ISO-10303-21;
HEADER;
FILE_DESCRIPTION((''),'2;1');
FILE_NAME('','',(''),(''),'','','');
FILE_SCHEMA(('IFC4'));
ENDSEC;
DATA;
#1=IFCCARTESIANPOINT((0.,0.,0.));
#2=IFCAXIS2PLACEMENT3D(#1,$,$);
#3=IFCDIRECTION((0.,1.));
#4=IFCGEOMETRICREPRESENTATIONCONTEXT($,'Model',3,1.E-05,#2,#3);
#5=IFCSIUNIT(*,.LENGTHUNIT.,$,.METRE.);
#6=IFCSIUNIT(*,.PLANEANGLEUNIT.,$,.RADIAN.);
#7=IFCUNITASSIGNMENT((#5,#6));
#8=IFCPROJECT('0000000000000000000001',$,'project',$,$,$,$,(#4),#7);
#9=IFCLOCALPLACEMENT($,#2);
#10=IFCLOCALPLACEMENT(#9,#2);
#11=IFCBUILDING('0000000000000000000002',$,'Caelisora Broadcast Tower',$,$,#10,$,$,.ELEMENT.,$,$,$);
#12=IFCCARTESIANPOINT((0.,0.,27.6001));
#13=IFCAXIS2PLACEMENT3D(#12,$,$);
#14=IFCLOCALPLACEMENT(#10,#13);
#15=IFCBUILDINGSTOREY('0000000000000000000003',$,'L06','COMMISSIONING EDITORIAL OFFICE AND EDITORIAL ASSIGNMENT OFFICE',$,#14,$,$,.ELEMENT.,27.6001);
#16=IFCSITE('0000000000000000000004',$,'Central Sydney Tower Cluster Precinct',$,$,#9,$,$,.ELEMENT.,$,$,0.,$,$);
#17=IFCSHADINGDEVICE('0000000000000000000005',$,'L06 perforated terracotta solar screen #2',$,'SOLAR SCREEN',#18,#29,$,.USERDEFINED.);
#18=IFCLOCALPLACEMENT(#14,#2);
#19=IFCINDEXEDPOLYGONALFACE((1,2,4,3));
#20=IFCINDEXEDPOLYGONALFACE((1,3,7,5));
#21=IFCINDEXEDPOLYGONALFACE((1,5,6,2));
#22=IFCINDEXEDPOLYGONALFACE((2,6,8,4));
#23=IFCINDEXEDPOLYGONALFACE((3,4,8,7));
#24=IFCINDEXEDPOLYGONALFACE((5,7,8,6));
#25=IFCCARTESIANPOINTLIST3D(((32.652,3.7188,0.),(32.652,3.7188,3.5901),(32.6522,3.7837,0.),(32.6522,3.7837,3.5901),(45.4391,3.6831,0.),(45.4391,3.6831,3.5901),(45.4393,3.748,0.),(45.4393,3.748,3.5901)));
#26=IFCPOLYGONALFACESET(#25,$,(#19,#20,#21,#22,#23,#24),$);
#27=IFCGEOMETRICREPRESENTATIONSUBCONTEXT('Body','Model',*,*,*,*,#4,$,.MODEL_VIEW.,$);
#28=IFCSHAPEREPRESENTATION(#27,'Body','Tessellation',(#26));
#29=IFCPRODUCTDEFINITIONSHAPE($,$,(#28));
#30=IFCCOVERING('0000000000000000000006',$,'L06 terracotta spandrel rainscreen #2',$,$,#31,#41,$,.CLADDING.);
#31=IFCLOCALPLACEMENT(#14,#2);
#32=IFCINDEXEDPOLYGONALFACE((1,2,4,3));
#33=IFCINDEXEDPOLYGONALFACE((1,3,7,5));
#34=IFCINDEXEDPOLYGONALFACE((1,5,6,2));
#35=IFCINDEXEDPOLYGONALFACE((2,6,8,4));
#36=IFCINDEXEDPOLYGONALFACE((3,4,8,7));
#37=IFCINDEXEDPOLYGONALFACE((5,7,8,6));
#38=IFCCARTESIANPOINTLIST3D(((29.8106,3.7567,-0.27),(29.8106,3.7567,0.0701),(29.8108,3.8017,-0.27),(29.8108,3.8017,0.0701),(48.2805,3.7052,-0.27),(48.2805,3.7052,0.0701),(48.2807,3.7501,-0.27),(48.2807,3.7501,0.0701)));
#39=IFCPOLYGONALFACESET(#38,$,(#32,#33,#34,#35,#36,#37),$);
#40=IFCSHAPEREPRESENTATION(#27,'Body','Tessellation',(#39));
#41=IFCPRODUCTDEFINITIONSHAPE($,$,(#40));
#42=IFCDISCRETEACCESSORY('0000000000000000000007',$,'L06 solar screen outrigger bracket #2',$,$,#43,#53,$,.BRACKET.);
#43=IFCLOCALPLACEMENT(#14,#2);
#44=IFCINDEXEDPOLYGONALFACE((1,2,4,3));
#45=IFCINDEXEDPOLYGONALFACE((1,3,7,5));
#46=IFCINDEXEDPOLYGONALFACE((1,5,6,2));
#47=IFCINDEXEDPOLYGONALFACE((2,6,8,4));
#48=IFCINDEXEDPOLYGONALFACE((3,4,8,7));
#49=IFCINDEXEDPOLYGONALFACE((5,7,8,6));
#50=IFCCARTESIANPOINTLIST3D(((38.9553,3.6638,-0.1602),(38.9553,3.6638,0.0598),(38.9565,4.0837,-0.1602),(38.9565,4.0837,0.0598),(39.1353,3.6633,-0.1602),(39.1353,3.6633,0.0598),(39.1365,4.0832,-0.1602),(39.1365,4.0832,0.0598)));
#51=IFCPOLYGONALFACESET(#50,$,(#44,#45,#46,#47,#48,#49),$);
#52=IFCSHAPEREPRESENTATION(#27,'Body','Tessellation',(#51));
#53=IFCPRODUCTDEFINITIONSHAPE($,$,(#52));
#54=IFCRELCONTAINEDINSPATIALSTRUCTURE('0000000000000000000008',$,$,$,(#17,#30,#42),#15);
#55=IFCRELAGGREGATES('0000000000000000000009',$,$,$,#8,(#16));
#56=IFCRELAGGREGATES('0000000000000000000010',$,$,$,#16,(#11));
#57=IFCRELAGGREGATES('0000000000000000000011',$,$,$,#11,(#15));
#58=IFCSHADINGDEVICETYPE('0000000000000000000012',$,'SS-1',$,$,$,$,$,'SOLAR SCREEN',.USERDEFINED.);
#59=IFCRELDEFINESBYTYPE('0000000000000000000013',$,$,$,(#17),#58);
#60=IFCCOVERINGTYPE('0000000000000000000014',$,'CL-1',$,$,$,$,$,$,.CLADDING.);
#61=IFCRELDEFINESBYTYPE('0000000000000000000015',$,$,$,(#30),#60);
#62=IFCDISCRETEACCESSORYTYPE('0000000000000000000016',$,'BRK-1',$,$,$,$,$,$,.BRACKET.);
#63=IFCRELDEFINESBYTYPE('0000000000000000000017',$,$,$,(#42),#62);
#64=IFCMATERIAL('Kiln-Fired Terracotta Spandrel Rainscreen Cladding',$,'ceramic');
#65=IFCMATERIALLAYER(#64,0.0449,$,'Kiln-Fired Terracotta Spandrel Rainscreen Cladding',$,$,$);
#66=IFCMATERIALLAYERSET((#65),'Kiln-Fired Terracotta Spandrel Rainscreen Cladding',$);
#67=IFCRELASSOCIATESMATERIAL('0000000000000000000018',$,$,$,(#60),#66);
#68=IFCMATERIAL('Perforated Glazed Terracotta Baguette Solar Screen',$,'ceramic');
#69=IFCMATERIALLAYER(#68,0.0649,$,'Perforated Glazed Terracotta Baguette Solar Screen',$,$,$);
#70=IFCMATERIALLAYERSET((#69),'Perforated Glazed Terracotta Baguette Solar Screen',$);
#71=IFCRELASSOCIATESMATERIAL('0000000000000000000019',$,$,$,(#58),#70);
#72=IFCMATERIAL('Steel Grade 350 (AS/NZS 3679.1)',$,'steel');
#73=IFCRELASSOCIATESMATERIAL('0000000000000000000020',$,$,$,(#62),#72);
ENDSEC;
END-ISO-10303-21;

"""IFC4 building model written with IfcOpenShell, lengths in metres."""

from ifc_helpers import new_model, si_unit, direction, frame, origin, origin_2d, place, context, subcontext, project, spatial, rectangle, extrude, source, transform, mapped, material, layer, layer_set, type_object, type_shapes, element, save


model = new_model("IFC4")

# Units and contexts
model_context = context("Model", 3, precision=1e-05, world=origin(), true_north=direction((0.0, 1.0)))
body_context = subcontext(model_context, "Body", "Model", "MODEL_VIEW")
ifc_project = project(units=[si_unit("LENGTHUNIT", "METRE"), si_unit("PLANEANGLEUNIT", "RADIAN")], contexts=[model_context])

# Site, building, storey
site_placement = place(None, origin())
site = spatial("IfcSite", under=ifc_project, at=site_placement, Name="Central Sydney Tower Cluster Precinct", CompositionType="ELEMENT", RefElevation=0.0)
building_placement = place(site_placement, origin())
building = spatial("IfcBuilding", under=site, at=building_placement, Name="Caelisora Broadcast Tower", CompositionType="ELEMENT")
storey_placement = place(building_placement, frame((0.0, 0.0, 27.6001)))
storey = spatial("IfcBuildingStorey", under=building, at=storey_placement, Name="L06", Description="COMMISSIONING EDITORIAL OFFICE AND EDITORIAL ASSIGNMENT OFFICE", CompositionType="ELEMENT", Elevation=27.6001)

# Shared definitions
ifc_material_1 = material(Name="Steel Grade 350 (AS/NZS 3679.1)", Category="steel")

# Shared definitions
ifc_material_2 = material(Name="Kiln-Fired Terracotta Spandrel Rainscreen Cladding", Category="ceramic")
ifc_layer_1 = layer(ifc_material_2, 0.0449, Name="Kiln-Fired Terracotta Spandrel Rainscreen Cladding")
ifc_layer_set_1 = layer_set([ifc_layer_1], Name="Kiln-Fired Terracotta Spandrel Rainscreen Cladding")
covering_type = type_object("IfcCoveringType", Name="CL-1", PredefinedType="CLADDING", material=ifc_layer_set_1)

# Shading device
ifc_material_3 = material(Name="Perforated Glazed Terracotta Baguette Solar Screen", Category="ceramic")
ifc_layer_2 = layer(ifc_material_3, 0.0649, Name="Perforated Glazed Terracotta Baguette Solar Screen")
ifc_layer_set_2 = layer_set([ifc_layer_2], Name="Perforated Glazed Terracotta Baguette Solar Screen")
shading_device_type_1 = type_object("IfcShadingDeviceType", Name="SS-1", ElementType="SOLAR SCREEN", PredefinedType="USERDEFINED", material=ifc_layer_set_2)
shared_shape_1 = source(origin(), body_context, "Body", "SweptSolid", [
    extrude(rectangle(XDim=12.7871, YDim=0.0649, at=origin_2d()), origin(), (0.0, 0.0, 1.0), 3.5901),
])
type_shapes(shading_device_type_1, [shared_shape_1])
shading_device_1_placement = place(storey_placement, frame((39.0457, 3.7334, 0.0), z_axis=(0.0, 0.0, 1.0), x_axis=(0.999996, -0.002793, 0.0)))
element("IfcShadingDevice", 1, at=shading_device_1_placement, inside=storey, type_object=shading_device_type_1, Name="L06 perforated terracotta solar screen #2", ObjectType="SOLAR SCREEN", PredefinedType="USERDEFINED", context=body_context, shape_type="MappedRepresentation", body=[
    mapped(shared_shape_1, transform((0.0, 0.0, 0.0), scale=1.0)),
])

# Covering
shared_shape_2 = source(origin(), body_context, "Body", "SweptSolid", [
    extrude(rectangle(XDim=18.47, YDim=0.0449, at=origin_2d()), origin(), (0.0, 0.0, 1.0), 0.3401),
])
covering_1_placement = place(storey_placement, frame((39.0457, 3.7534, -0.27), z_axis=(0.0, 0.0, 1.0), x_axis=(0.999996, -0.002793, 0.0)))
element("IfcCovering", 2, at=covering_1_placement, inside=storey, type_object=covering_type, Name="L06 terracotta spandrel rainscreen #2", PredefinedType="CLADDING", context=body_context, shape_type="MappedRepresentation", body=[
    mapped(shared_shape_2, transform((0.0, 0.0, 0.0), scale=1.0)),
])

# Discrete accessory
discrete_accessory_type = type_object("IfcDiscreteAccessoryType", Name="BRK-1", PredefinedType="BRACKET", material=ifc_material_1)
shared_shape_3 = source(origin(), body_context, "Body", "SweptSolid", [
    extrude(rectangle(XDim=0.1799, YDim=0.4199, at=origin_2d()), origin(), (0.0, 0.0, 1.0), 0.22),
])
type_shapes(discrete_accessory_type, [shared_shape_3])
discrete_accessory_placement = place(storey_placement, frame((39.0459, 3.8735, -0.1602), z_axis=(0.0, 0.0, 1.0), x_axis=(0.999996, -0.002793, 0.0)))
element("IfcDiscreteAccessory", 3, at=discrete_accessory_placement, inside=storey, type_object=discrete_accessory_type, Name="L06 solar screen outrigger bracket #2", PredefinedType="BRACKET", context=body_context, shape_type="MappedRepresentation", body=[
    mapped(shared_shape_3, transform((0.0, 0.0, 0.0), scale=1.0)),
])

save(model, "model.ifc")
